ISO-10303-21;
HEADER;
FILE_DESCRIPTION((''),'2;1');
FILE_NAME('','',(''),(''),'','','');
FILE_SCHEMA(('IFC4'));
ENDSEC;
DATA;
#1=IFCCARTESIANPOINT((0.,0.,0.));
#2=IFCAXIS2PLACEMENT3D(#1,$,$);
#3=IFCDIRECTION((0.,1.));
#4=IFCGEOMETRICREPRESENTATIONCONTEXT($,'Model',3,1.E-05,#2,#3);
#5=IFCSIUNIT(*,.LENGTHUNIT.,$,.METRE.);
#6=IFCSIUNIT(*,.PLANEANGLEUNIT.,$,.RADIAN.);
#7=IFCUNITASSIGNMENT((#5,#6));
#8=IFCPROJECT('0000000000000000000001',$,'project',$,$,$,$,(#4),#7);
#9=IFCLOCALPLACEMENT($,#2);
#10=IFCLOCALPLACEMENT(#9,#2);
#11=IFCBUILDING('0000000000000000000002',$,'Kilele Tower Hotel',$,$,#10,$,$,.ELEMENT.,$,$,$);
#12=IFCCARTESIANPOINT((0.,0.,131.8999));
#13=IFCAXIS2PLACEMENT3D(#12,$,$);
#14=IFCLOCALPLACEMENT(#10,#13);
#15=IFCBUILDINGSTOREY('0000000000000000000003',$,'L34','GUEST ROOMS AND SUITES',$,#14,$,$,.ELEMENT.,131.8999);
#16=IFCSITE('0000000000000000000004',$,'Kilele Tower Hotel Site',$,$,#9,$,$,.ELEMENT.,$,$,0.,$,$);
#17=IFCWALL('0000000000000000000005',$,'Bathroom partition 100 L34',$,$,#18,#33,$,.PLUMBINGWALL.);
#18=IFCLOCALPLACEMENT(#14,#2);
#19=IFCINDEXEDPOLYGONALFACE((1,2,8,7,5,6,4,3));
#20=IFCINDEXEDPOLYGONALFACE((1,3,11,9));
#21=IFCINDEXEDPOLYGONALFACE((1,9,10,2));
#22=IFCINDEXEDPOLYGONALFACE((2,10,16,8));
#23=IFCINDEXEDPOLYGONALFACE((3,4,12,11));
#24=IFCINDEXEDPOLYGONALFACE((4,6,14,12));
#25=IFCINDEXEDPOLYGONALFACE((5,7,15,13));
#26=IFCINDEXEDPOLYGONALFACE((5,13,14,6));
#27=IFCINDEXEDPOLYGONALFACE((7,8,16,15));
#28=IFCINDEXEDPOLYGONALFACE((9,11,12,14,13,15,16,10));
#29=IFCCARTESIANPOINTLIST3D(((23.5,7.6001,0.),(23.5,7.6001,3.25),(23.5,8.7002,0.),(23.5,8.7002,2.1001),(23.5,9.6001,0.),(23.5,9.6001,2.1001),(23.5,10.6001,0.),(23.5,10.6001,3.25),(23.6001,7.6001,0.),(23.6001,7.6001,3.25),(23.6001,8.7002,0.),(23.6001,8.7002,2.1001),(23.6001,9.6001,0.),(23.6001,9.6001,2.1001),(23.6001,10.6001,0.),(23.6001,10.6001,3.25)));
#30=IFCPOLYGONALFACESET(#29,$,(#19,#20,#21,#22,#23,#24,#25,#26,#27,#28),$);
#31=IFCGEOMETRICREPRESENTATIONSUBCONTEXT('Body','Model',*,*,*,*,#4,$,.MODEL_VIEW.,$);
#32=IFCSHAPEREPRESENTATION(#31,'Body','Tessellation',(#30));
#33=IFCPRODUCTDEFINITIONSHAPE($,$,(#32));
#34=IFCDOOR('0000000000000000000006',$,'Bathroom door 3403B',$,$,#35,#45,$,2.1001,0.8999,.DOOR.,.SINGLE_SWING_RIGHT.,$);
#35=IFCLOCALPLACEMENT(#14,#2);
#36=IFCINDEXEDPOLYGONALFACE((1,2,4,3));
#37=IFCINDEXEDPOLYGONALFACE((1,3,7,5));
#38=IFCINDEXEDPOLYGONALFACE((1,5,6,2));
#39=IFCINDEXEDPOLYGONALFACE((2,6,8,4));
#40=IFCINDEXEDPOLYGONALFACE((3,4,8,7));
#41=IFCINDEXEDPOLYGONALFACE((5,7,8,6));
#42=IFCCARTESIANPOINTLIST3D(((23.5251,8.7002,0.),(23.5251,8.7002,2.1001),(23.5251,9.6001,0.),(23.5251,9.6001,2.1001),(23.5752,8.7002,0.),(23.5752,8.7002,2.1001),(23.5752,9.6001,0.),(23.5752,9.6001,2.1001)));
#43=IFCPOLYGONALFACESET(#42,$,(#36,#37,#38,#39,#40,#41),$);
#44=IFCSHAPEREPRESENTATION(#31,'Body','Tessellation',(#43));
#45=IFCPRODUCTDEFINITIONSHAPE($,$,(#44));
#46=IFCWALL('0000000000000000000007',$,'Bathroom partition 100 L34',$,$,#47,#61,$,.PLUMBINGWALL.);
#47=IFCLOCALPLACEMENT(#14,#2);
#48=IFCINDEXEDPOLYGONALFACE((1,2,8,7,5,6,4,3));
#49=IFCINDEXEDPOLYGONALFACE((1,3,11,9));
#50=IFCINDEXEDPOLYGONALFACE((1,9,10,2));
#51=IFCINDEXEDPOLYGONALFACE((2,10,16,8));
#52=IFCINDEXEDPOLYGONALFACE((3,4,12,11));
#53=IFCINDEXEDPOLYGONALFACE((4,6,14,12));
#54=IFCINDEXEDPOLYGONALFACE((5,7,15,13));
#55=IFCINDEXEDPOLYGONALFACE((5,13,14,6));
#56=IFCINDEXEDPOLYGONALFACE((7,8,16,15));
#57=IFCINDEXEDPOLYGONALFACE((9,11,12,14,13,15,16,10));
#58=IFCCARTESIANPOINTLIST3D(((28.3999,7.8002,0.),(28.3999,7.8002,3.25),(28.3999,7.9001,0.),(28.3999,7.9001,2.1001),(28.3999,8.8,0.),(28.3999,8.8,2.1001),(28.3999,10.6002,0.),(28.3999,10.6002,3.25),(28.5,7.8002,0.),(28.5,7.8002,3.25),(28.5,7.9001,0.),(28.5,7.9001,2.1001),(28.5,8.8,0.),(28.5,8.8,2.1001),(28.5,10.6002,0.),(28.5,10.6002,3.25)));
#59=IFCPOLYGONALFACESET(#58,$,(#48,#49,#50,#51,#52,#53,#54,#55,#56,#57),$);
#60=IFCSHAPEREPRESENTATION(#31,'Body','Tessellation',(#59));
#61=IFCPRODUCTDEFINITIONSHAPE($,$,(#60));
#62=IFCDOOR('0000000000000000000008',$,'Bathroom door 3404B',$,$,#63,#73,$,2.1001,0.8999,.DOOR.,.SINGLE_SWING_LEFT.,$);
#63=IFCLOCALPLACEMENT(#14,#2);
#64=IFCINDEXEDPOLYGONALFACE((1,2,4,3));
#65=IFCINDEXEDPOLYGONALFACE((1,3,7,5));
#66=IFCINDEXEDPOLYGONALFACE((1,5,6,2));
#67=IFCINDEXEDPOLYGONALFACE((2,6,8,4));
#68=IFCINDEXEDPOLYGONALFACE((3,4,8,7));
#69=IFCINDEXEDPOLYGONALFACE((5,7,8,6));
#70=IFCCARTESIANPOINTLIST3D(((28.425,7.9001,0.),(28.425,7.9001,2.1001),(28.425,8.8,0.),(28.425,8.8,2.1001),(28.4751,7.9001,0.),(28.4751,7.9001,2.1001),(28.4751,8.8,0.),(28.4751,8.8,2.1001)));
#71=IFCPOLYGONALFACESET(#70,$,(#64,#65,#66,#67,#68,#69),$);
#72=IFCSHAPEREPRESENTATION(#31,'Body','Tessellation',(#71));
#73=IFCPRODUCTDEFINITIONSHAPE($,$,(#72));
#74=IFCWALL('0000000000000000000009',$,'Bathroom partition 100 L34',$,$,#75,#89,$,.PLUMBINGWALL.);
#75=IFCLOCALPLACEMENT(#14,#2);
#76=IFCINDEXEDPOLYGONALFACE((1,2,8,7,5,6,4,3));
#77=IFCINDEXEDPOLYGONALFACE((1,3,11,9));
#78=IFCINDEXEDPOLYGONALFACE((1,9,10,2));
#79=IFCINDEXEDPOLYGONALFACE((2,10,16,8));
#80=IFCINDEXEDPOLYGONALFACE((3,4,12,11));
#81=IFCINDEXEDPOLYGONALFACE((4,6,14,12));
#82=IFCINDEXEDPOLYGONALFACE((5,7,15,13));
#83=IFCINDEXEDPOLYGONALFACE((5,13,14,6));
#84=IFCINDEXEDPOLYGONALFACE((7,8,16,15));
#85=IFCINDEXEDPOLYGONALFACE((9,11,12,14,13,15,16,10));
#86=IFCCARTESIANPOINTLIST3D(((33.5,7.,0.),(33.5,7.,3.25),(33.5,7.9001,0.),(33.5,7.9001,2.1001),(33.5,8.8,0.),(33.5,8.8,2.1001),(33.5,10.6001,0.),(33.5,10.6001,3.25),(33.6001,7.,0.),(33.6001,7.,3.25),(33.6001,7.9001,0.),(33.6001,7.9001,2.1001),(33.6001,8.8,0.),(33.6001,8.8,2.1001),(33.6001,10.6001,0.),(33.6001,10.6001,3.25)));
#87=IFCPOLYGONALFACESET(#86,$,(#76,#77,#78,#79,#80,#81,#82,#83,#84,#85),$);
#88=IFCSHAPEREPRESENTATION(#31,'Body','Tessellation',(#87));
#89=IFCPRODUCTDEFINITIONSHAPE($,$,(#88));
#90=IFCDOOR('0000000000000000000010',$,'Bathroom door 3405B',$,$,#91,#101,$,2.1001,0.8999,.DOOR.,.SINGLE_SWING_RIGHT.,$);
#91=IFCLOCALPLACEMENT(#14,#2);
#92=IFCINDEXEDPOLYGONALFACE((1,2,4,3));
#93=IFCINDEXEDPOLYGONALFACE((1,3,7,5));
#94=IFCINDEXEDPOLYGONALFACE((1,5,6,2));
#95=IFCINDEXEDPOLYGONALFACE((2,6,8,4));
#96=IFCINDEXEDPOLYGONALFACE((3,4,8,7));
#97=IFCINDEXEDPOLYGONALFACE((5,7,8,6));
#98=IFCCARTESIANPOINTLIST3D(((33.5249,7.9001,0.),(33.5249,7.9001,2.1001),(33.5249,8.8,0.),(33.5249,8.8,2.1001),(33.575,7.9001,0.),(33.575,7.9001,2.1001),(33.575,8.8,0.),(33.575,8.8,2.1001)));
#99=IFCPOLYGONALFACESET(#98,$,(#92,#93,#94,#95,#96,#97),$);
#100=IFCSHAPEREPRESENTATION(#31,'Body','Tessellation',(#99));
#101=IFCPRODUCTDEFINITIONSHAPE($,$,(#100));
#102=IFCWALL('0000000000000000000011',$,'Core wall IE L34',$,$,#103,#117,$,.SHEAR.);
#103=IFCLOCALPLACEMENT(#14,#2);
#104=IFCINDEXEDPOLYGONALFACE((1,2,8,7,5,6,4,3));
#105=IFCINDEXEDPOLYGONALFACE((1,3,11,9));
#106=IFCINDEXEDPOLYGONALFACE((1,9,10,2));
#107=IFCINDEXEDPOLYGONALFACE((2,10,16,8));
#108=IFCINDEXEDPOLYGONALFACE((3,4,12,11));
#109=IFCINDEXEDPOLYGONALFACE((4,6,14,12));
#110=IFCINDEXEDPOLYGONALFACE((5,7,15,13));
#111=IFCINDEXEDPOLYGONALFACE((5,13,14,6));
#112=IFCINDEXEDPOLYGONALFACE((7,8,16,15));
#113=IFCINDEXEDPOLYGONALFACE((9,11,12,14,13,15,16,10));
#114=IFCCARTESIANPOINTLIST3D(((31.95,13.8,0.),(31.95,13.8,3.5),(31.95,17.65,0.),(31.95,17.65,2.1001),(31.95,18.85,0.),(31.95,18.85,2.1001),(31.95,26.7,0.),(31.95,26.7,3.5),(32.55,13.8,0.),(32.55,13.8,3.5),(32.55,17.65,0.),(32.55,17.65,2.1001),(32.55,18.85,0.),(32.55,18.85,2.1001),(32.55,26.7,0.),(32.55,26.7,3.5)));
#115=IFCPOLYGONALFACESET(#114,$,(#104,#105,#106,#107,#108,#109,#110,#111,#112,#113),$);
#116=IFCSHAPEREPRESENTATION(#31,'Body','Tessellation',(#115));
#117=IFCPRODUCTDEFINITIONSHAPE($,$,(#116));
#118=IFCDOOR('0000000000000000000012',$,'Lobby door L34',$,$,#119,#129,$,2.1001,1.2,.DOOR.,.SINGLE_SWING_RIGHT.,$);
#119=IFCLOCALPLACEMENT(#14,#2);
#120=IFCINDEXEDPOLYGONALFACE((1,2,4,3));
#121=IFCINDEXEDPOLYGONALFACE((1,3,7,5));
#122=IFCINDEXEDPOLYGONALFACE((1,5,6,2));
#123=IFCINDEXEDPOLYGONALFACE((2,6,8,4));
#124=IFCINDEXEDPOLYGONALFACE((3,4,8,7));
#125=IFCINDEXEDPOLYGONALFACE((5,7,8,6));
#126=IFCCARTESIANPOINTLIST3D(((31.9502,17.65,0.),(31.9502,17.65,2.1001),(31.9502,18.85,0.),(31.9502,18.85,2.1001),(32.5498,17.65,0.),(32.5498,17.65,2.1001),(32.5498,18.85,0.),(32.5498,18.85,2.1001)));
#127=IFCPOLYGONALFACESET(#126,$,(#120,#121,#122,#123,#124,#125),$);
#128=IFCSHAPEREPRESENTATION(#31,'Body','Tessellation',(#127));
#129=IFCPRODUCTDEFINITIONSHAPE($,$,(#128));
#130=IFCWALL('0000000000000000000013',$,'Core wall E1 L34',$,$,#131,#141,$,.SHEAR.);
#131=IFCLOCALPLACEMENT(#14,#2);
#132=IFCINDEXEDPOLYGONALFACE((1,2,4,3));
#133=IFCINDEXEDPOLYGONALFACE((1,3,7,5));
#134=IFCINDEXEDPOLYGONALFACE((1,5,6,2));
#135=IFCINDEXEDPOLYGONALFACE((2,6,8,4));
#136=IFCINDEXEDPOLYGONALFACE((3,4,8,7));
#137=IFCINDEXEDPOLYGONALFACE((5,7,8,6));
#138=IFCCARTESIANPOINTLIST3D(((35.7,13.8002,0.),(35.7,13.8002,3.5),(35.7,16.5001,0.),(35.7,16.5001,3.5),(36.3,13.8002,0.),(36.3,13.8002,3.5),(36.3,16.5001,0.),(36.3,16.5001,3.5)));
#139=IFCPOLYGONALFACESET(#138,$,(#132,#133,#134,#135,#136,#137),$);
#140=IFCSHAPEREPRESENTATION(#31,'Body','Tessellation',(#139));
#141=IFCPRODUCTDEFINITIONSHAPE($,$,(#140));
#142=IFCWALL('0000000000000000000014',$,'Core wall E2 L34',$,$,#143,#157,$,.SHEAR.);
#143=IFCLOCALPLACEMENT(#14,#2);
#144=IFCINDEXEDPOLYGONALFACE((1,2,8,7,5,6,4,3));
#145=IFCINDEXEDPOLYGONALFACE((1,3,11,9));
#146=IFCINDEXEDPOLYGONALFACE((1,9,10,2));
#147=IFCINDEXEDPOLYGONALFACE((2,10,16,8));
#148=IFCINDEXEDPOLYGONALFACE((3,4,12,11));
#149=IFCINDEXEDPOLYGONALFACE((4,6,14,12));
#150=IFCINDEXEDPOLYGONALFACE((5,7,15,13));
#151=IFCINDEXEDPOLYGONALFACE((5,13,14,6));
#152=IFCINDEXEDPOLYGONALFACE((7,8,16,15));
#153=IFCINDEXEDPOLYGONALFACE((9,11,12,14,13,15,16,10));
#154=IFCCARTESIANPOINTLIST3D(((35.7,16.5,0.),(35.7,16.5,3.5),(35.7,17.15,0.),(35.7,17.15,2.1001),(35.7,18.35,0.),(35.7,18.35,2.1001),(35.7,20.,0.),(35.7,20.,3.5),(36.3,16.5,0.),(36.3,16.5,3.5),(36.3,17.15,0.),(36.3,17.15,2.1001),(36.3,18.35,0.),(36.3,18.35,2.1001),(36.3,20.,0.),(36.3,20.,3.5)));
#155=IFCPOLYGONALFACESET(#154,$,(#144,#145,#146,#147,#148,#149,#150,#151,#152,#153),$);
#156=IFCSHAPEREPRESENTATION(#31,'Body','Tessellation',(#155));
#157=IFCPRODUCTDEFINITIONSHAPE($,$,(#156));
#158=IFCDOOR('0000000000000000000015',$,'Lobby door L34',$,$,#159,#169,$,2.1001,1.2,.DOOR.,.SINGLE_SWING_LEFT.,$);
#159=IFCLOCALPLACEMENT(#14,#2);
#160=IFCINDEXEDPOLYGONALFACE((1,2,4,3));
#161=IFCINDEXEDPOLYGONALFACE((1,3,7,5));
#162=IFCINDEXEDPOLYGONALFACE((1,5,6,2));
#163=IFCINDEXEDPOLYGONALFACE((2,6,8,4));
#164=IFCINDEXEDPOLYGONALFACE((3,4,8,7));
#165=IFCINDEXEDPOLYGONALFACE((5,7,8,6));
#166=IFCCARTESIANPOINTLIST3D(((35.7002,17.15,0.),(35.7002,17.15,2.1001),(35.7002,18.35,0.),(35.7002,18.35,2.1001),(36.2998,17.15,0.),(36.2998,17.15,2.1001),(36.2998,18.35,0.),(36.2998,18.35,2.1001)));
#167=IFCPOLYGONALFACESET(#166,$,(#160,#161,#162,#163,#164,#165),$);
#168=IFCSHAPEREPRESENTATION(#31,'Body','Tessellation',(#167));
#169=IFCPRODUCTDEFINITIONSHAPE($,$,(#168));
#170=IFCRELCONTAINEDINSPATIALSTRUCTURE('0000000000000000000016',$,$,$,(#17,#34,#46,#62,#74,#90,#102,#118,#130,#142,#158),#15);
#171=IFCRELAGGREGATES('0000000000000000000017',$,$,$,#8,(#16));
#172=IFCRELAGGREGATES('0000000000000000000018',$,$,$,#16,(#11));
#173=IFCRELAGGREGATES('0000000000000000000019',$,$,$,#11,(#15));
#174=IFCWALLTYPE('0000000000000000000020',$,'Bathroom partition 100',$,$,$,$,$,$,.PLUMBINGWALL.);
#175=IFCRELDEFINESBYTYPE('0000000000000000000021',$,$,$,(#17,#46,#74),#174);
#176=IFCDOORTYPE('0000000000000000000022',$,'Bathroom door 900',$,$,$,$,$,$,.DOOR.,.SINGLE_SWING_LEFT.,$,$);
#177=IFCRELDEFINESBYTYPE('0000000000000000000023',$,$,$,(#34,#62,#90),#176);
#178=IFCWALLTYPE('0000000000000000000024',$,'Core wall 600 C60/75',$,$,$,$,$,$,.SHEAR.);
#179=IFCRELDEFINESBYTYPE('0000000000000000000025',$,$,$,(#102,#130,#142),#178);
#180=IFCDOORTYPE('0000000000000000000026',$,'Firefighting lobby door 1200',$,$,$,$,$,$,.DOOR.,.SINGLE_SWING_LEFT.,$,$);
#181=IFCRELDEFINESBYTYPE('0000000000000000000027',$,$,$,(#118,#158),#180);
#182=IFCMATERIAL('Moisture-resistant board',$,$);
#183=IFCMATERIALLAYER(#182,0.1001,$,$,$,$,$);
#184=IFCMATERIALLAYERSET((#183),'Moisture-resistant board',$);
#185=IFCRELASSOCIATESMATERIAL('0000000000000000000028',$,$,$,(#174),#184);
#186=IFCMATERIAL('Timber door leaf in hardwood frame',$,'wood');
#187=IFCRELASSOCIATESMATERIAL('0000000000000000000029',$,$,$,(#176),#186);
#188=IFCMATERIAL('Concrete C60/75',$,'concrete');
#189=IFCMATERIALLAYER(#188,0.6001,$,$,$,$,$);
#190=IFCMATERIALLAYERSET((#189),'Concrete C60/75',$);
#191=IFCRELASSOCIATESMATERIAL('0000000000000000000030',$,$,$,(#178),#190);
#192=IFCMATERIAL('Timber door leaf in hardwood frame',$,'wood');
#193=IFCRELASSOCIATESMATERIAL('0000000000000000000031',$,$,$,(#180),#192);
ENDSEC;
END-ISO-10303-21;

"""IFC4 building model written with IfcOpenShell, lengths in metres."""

from ifc_helpers import new_model, si_unit, direction, frame, frame_2d, origin, place, context, subcontext, project, spatial, rectangle, extrude, material, layer, layer_set, type_object, element, fill, save


model = new_model("IFC4")

# Units and contexts
model_context = context("Model", 3, precision=1e-05, world=origin(), true_north=direction((0.0, 1.0)))
body_context = subcontext(model_context, "Body", "Model", "MODEL_VIEW")
ifc_project = project(units=[si_unit("LENGTHUNIT", "METRE"), si_unit("PLANEANGLEUNIT", "RADIAN")], contexts=[model_context])

# Site, building, storey
site_placement = place(None, origin())
site = spatial("IfcSite", under=ifc_project, at=site_placement, Name="Kilele Tower Hotel Site", CompositionType="ELEMENT", RefElevation=0.0)
building_placement = place(site_placement, origin())
building = spatial("IfcBuilding", under=site, at=building_placement, Name="Kilele Tower Hotel", CompositionType="ELEMENT")
storey_placement = place(building_placement, frame((0.0, 0.0, 131.8999)))
storey = spatial("IfcBuildingStorey", under=building, at=storey_placement, Name="L34", Description="GUEST ROOMS AND SUITES", CompositionType="ELEMENT", Elevation=131.8999)

# Walls, openings, doors
ifc_material_1 = material(Name="Moisture-resistant board")
ifc_layer_1 = layer(ifc_material_1, 0.1001)
ifc_layer_set_1 = layer_set([ifc_layer_1], Name="Moisture-resistant board")
wall_type_1 = type_object("IfcWallType", Name="Bathroom partition 100", PredefinedType="PLUMBINGWALL", material=ifc_layer_set_1)
wall_1_placement = place(storey_placement, frame((23.55, 10.6001, 0.0), z_axis=(0.0, 0.0, 1.0), x_axis=(0.0, -1.0, 0.0)))
wall_1 = element("IfcWall", 1, at=wall_1_placement, inside=storey, type_object=wall_type_1, Name="Bathroom partition 100 L34", PredefinedType="PLUMBINGWALL", context=body_context, shape_type="SweptSolid", body=[
    extrude(rectangle(XDim=3.0, YDim=0.1001, at=frame_2d((1.5, 0.0))), origin(), (0.0, 0.0, 1.0), 3.25),
])
opening_1_placement = place(wall_1_placement, frame((1.8999, 0.0, 0.0), z_axis=(0.0, 0.0, 1.0), x_axis=(-1.0, 0.0, 0.0)))
opening_1 = element("IfcOpeningElement", 2, at=opening_1_placement, cuts=wall_1, PredefinedType="OPENING", context=body_context, shape_type="SweptSolid", body=[
    extrude(rectangle(XDim=0.8999, YDim=2.1001, at=frame_2d((0.45, 1.05))), frame((0.0, 0.0601, 0.0), z_axis=(0.0, -1.0, 0.0), x_axis=(1.0, 0.0, 0.0)), (0.0, 0.0, 1.0), 0.1201),
])
ifc_material_2 = material(Name="Timber door leaf in hardwood frame", Category="wood")
door_type_1 = type_object("IfcDoorType", Name="Bathroom door 900", OperationType="SINGLE_SWING_LEFT", PredefinedType="DOOR", material=ifc_material_2)
door_1_placement = place(opening_1_placement, origin())
door_1 = element("IfcDoor", 3, at=door_1_placement, inside=storey, type_object=door_type_1, Name="Bathroom door 3403B", OperationType="SINGLE_SWING_RIGHT", OverallHeight=2.1001, OverallWidth=0.8999, PredefinedType="DOOR", context=body_context, shape_type="SweptSolid", body=[
    extrude(rectangle(XDim=0.8999, YDim=2.1001, at=frame_2d((0.45, 1.05))), frame((0.0, 0.0249, 0.0), z_axis=(0.0, -1.0, 0.0), x_axis=(1.0, 0.0, 0.0)), (0.0, 0.0, 1.0), 0.05),
])
fill(opening_1, door_1)
wall_2_placement = place(storey_placement, frame((28.45, 10.6001, 0.0), z_axis=(0.0, 0.0, 1.0), x_axis=(0.0, -1.0, 0.0)))
wall_2 = element("IfcWall", 4, at=wall_2_placement, inside=storey, type_object=wall_type_1, Name="Bathroom partition 100 L34", PredefinedType="PLUMBINGWALL", context=body_context, shape_type="SweptSolid", body=[
    extrude(rectangle(XDim=2.8, YDim=0.1001, at=frame_2d((1.3999, 0.0))), origin(), (0.0, 0.0, 1.0), 3.25),
])
opening_2_placement = place(wall_2_placement, frame((2.7, 0.0, 0.0), z_axis=(0.0, 0.0, 1.0), x_axis=(-1.0, 0.0, 0.0)))
opening_2 = element("IfcOpeningElement", 5, at=opening_2_placement, cuts=wall_2, PredefinedType="OPENING", context=body_context, shape_type="SweptSolid", body=[
    extrude(rectangle(XDim=0.8999, YDim=2.1001, at=frame_2d((0.45, 1.05))), frame((0.0, 0.0601, 0.0), z_axis=(0.0, -1.0, 0.0), x_axis=(1.0, 0.0, 0.0)), (0.0, 0.0, 1.0), 0.1201),
])
door_2_placement = place(opening_2_placement, origin())
door_2 = element("IfcDoor", 6, at=door_2_placement, inside=storey, type_object=door_type_1, Name="Bathroom door 3404B", OperationType="SINGLE_SWING_LEFT", OverallHeight=2.1001, OverallWidth=0.8999, PredefinedType="DOOR", context=body_context, shape_type="SweptSolid", body=[
    extrude(rectangle(XDim=0.8999, YDim=2.1001, at=frame_2d((0.45, 1.05))), frame((0.0, 0.0249, 0.0), z_axis=(0.0, -1.0, 0.0), x_axis=(1.0, 0.0, 0.0)), (0.0, 0.0, 1.0), 0.05),
])
fill(opening_2, door_2)
wall_3_placement = place(storey_placement, frame((33.55, 10.6001, 0.0), z_axis=(0.0, 0.0, 1.0), x_axis=(0.0, -1.0, 0.0)))
wall_3 = element("IfcWall", 7, at=wall_3_placement, inside=storey, type_object=wall_type_1, Name="Bathroom partition 100 L34", PredefinedType="PLUMBINGWALL", context=body_context, shape_type="SweptSolid", body=[
    extrude(rectangle(XDim=3.6001, YDim=0.1001, at=frame_2d((1.8, 0.0))), origin(), (0.0, 0.0, 1.0), 3.25),
])
opening_3_placement = place(wall_3_placement, frame((1.8, 0.0, 0.0)))
opening_3 = element("IfcOpeningElement", 8, at=opening_3_placement, cuts=wall_3, PredefinedType="OPENING", context=body_context, shape_type="SweptSolid", body=[
    extrude(rectangle(XDim=0.8999, YDim=2.1001, at=frame_2d((0.45, 1.05))), frame((0.0, 0.0601, 0.0), z_axis=(0.0, -1.0, 0.0), x_axis=(1.0, 0.0, 0.0)), (0.0, 0.0, 1.0), 0.1201),
])
door_3_placement = place(opening_3_placement, origin())
door_3 = element("IfcDoor", 9, at=door_3_placement, inside=storey, type_object=door_type_1, Name="Bathroom door 3405B", OperationType="SINGLE_SWING_RIGHT", OverallHeight=2.1001, OverallWidth=0.8999, PredefinedType="DOOR", context=body_context, shape_type="SweptSolid", body=[
    extrude(rectangle(XDim=0.8999, YDim=2.1001, at=frame_2d((0.45, 1.05))), frame((0.0, 0.0249, 0.0), z_axis=(0.0, -1.0, 0.0), x_axis=(1.0, 0.0, 0.0)), (0.0, 0.0, 1.0), 0.05),
])
fill(opening_3, door_3)
ifc_material_3 = material(Name="Concrete C60/75", Category="concrete")
ifc_layer_2 = layer(ifc_material_3, 0.6001)
ifc_layer_set_2 = layer_set([ifc_layer_2], Name="Concrete C60/75")
wall_type_2 = type_object("IfcWallType", Name="Core wall 600 C60/75", PredefinedType="SHEAR", material=ifc_layer_set_2)
wall_4_placement = place(storey_placement, frame((32.25, 13.8, 0.0), z_axis=(0.0, 0.0, 1.0), x_axis=(0.0, 1.0, 0.0)))
wall_4 = element("IfcWall", 10, at=wall_4_placement, inside=storey, type_object=wall_type_2, Name="Core wall IE L34", PredefinedType="SHEAR", context=body_context, shape_type="SweptSolid", body=[
    extrude(rectangle(XDim=12.8999, YDim=0.6001, at=frame_2d((6.45, 0.0))), origin(), (0.0, 0.0, 1.0), 3.5),
])
opening_4_placement = place(wall_4_placement, frame((5.05, 0.0, 0.0), z_axis=(0.0, 0.0, 1.0), x_axis=(-1.0, 0.0, 0.0)))
opening_4 = element("IfcOpeningElement", 11, at=opening_4_placement, cuts=wall_4, PredefinedType="OPENING", context=body_context, shape_type="SweptSolid", body=[
    extrude(rectangle(XDim=1.2, YDim=2.1001, at=frame_2d((0.6001, 1.05))), frame((0.0, 0.3101, 0.0), z_axis=(0.0, -1.0, 0.0), x_axis=(1.0, 0.0, 0.0)), (0.0, 0.0, 1.0), 0.6201),
])
ifc_material_4 = material(Name="Timber door leaf in hardwood frame", Category="wood")
door_type_2 = type_object("IfcDoorType", Name="Firefighting lobby door 1200", OperationType="SINGLE_SWING_LEFT", PredefinedType="DOOR", material=ifc_material_4)
door_4_placement = place(opening_4_placement, origin())
door_4 = element("IfcDoor", 12, at=door_4_placement, inside=storey, type_object=door_type_2, Name="Lobby door L34", OperationType="SINGLE_SWING_RIGHT", OverallHeight=2.1001, OverallWidth=1.2, PredefinedType="DOOR", context=body_context, shape_type="SweptSolid", body=[
    extrude(rectangle(XDim=1.2, YDim=2.1001, at=frame_2d((0.6001, 1.05))), frame((0.0, 0.2998, 0.0), z_axis=(0.0, -1.0, 0.0), x_axis=(1.0, 0.0, 0.0)), (0.0, 0.0, 1.0), 0.5996),
])
fill(opening_4, door_4)

# Wall
wall_5_placement = place(storey_placement, frame((36.0, 13.8, 0.0), z_axis=(0.0, 0.0, 1.0), x_axis=(0.0, 1.0, 0.0)))
element("IfcWall", 13, at=wall_5_placement, inside=storey, type_object=wall_type_2, Name="Core wall E1 L34", PredefinedType="SHEAR", context=body_context, shape_type="SweptSolid", body=[
    extrude(rectangle(XDim=2.7, YDim=0.6001, at=frame_2d((1.3501, 0.0))), origin(), (0.0, 0.0, 1.0), 3.5),
])

# Wall, opening, door
wall_6_placement = place(storey_placement, frame((36.0, 16.5, 0.0), z_axis=(0.0, 0.0, 1.0), x_axis=(0.0, 1.0, 0.0)))
wall_6 = element("IfcWall", 14, at=wall_6_placement, inside=storey, type_object=wall_type_2, Name="Core wall E2 L34", PredefinedType="SHEAR", context=body_context, shape_type="SweptSolid", body=[
    extrude(rectangle(XDim=3.5, YDim=0.6001, at=frame_2d((1.75, 0.0))), origin(), (0.0, 0.0, 1.0), 3.5),
])
opening_5_placement = place(wall_6_placement, frame((0.6499, 0.0, 0.0)))
opening_5 = element("IfcOpeningElement", 15, at=opening_5_placement, cuts=wall_6, PredefinedType="OPENING", context=body_context, shape_type="SweptSolid", body=[
    extrude(rectangle(XDim=1.2, YDim=2.1001, at=frame_2d((0.6001, 1.05))), frame((0.0, 0.3101, 0.0), z_axis=(0.0, -1.0, 0.0), x_axis=(1.0, 0.0, 0.0)), (0.0, 0.0, 1.0), 0.6201),
])
door_5_placement = place(opening_5_placement, origin())
door_5 = element("IfcDoor", 16, at=door_5_placement, inside=storey, type_object=door_type_2, Name="Lobby door L34", OperationType="SINGLE_SWING_LEFT", OverallHeight=2.1001, OverallWidth=1.2, PredefinedType="DOOR", context=body_context, shape_type="SweptSolid", body=[
    extrude(rectangle(XDim=1.2, YDim=2.1001, at=frame_2d((0.6001, 1.05))), frame((0.0, 0.2998, 0.0), z_axis=(0.0, -1.0, 0.0), x_axis=(1.0, 0.0, 0.0)), (0.0, 0.0, 1.0), 0.5996),
])
fill(opening_5, door_5)

save(model, "model.ifc")
